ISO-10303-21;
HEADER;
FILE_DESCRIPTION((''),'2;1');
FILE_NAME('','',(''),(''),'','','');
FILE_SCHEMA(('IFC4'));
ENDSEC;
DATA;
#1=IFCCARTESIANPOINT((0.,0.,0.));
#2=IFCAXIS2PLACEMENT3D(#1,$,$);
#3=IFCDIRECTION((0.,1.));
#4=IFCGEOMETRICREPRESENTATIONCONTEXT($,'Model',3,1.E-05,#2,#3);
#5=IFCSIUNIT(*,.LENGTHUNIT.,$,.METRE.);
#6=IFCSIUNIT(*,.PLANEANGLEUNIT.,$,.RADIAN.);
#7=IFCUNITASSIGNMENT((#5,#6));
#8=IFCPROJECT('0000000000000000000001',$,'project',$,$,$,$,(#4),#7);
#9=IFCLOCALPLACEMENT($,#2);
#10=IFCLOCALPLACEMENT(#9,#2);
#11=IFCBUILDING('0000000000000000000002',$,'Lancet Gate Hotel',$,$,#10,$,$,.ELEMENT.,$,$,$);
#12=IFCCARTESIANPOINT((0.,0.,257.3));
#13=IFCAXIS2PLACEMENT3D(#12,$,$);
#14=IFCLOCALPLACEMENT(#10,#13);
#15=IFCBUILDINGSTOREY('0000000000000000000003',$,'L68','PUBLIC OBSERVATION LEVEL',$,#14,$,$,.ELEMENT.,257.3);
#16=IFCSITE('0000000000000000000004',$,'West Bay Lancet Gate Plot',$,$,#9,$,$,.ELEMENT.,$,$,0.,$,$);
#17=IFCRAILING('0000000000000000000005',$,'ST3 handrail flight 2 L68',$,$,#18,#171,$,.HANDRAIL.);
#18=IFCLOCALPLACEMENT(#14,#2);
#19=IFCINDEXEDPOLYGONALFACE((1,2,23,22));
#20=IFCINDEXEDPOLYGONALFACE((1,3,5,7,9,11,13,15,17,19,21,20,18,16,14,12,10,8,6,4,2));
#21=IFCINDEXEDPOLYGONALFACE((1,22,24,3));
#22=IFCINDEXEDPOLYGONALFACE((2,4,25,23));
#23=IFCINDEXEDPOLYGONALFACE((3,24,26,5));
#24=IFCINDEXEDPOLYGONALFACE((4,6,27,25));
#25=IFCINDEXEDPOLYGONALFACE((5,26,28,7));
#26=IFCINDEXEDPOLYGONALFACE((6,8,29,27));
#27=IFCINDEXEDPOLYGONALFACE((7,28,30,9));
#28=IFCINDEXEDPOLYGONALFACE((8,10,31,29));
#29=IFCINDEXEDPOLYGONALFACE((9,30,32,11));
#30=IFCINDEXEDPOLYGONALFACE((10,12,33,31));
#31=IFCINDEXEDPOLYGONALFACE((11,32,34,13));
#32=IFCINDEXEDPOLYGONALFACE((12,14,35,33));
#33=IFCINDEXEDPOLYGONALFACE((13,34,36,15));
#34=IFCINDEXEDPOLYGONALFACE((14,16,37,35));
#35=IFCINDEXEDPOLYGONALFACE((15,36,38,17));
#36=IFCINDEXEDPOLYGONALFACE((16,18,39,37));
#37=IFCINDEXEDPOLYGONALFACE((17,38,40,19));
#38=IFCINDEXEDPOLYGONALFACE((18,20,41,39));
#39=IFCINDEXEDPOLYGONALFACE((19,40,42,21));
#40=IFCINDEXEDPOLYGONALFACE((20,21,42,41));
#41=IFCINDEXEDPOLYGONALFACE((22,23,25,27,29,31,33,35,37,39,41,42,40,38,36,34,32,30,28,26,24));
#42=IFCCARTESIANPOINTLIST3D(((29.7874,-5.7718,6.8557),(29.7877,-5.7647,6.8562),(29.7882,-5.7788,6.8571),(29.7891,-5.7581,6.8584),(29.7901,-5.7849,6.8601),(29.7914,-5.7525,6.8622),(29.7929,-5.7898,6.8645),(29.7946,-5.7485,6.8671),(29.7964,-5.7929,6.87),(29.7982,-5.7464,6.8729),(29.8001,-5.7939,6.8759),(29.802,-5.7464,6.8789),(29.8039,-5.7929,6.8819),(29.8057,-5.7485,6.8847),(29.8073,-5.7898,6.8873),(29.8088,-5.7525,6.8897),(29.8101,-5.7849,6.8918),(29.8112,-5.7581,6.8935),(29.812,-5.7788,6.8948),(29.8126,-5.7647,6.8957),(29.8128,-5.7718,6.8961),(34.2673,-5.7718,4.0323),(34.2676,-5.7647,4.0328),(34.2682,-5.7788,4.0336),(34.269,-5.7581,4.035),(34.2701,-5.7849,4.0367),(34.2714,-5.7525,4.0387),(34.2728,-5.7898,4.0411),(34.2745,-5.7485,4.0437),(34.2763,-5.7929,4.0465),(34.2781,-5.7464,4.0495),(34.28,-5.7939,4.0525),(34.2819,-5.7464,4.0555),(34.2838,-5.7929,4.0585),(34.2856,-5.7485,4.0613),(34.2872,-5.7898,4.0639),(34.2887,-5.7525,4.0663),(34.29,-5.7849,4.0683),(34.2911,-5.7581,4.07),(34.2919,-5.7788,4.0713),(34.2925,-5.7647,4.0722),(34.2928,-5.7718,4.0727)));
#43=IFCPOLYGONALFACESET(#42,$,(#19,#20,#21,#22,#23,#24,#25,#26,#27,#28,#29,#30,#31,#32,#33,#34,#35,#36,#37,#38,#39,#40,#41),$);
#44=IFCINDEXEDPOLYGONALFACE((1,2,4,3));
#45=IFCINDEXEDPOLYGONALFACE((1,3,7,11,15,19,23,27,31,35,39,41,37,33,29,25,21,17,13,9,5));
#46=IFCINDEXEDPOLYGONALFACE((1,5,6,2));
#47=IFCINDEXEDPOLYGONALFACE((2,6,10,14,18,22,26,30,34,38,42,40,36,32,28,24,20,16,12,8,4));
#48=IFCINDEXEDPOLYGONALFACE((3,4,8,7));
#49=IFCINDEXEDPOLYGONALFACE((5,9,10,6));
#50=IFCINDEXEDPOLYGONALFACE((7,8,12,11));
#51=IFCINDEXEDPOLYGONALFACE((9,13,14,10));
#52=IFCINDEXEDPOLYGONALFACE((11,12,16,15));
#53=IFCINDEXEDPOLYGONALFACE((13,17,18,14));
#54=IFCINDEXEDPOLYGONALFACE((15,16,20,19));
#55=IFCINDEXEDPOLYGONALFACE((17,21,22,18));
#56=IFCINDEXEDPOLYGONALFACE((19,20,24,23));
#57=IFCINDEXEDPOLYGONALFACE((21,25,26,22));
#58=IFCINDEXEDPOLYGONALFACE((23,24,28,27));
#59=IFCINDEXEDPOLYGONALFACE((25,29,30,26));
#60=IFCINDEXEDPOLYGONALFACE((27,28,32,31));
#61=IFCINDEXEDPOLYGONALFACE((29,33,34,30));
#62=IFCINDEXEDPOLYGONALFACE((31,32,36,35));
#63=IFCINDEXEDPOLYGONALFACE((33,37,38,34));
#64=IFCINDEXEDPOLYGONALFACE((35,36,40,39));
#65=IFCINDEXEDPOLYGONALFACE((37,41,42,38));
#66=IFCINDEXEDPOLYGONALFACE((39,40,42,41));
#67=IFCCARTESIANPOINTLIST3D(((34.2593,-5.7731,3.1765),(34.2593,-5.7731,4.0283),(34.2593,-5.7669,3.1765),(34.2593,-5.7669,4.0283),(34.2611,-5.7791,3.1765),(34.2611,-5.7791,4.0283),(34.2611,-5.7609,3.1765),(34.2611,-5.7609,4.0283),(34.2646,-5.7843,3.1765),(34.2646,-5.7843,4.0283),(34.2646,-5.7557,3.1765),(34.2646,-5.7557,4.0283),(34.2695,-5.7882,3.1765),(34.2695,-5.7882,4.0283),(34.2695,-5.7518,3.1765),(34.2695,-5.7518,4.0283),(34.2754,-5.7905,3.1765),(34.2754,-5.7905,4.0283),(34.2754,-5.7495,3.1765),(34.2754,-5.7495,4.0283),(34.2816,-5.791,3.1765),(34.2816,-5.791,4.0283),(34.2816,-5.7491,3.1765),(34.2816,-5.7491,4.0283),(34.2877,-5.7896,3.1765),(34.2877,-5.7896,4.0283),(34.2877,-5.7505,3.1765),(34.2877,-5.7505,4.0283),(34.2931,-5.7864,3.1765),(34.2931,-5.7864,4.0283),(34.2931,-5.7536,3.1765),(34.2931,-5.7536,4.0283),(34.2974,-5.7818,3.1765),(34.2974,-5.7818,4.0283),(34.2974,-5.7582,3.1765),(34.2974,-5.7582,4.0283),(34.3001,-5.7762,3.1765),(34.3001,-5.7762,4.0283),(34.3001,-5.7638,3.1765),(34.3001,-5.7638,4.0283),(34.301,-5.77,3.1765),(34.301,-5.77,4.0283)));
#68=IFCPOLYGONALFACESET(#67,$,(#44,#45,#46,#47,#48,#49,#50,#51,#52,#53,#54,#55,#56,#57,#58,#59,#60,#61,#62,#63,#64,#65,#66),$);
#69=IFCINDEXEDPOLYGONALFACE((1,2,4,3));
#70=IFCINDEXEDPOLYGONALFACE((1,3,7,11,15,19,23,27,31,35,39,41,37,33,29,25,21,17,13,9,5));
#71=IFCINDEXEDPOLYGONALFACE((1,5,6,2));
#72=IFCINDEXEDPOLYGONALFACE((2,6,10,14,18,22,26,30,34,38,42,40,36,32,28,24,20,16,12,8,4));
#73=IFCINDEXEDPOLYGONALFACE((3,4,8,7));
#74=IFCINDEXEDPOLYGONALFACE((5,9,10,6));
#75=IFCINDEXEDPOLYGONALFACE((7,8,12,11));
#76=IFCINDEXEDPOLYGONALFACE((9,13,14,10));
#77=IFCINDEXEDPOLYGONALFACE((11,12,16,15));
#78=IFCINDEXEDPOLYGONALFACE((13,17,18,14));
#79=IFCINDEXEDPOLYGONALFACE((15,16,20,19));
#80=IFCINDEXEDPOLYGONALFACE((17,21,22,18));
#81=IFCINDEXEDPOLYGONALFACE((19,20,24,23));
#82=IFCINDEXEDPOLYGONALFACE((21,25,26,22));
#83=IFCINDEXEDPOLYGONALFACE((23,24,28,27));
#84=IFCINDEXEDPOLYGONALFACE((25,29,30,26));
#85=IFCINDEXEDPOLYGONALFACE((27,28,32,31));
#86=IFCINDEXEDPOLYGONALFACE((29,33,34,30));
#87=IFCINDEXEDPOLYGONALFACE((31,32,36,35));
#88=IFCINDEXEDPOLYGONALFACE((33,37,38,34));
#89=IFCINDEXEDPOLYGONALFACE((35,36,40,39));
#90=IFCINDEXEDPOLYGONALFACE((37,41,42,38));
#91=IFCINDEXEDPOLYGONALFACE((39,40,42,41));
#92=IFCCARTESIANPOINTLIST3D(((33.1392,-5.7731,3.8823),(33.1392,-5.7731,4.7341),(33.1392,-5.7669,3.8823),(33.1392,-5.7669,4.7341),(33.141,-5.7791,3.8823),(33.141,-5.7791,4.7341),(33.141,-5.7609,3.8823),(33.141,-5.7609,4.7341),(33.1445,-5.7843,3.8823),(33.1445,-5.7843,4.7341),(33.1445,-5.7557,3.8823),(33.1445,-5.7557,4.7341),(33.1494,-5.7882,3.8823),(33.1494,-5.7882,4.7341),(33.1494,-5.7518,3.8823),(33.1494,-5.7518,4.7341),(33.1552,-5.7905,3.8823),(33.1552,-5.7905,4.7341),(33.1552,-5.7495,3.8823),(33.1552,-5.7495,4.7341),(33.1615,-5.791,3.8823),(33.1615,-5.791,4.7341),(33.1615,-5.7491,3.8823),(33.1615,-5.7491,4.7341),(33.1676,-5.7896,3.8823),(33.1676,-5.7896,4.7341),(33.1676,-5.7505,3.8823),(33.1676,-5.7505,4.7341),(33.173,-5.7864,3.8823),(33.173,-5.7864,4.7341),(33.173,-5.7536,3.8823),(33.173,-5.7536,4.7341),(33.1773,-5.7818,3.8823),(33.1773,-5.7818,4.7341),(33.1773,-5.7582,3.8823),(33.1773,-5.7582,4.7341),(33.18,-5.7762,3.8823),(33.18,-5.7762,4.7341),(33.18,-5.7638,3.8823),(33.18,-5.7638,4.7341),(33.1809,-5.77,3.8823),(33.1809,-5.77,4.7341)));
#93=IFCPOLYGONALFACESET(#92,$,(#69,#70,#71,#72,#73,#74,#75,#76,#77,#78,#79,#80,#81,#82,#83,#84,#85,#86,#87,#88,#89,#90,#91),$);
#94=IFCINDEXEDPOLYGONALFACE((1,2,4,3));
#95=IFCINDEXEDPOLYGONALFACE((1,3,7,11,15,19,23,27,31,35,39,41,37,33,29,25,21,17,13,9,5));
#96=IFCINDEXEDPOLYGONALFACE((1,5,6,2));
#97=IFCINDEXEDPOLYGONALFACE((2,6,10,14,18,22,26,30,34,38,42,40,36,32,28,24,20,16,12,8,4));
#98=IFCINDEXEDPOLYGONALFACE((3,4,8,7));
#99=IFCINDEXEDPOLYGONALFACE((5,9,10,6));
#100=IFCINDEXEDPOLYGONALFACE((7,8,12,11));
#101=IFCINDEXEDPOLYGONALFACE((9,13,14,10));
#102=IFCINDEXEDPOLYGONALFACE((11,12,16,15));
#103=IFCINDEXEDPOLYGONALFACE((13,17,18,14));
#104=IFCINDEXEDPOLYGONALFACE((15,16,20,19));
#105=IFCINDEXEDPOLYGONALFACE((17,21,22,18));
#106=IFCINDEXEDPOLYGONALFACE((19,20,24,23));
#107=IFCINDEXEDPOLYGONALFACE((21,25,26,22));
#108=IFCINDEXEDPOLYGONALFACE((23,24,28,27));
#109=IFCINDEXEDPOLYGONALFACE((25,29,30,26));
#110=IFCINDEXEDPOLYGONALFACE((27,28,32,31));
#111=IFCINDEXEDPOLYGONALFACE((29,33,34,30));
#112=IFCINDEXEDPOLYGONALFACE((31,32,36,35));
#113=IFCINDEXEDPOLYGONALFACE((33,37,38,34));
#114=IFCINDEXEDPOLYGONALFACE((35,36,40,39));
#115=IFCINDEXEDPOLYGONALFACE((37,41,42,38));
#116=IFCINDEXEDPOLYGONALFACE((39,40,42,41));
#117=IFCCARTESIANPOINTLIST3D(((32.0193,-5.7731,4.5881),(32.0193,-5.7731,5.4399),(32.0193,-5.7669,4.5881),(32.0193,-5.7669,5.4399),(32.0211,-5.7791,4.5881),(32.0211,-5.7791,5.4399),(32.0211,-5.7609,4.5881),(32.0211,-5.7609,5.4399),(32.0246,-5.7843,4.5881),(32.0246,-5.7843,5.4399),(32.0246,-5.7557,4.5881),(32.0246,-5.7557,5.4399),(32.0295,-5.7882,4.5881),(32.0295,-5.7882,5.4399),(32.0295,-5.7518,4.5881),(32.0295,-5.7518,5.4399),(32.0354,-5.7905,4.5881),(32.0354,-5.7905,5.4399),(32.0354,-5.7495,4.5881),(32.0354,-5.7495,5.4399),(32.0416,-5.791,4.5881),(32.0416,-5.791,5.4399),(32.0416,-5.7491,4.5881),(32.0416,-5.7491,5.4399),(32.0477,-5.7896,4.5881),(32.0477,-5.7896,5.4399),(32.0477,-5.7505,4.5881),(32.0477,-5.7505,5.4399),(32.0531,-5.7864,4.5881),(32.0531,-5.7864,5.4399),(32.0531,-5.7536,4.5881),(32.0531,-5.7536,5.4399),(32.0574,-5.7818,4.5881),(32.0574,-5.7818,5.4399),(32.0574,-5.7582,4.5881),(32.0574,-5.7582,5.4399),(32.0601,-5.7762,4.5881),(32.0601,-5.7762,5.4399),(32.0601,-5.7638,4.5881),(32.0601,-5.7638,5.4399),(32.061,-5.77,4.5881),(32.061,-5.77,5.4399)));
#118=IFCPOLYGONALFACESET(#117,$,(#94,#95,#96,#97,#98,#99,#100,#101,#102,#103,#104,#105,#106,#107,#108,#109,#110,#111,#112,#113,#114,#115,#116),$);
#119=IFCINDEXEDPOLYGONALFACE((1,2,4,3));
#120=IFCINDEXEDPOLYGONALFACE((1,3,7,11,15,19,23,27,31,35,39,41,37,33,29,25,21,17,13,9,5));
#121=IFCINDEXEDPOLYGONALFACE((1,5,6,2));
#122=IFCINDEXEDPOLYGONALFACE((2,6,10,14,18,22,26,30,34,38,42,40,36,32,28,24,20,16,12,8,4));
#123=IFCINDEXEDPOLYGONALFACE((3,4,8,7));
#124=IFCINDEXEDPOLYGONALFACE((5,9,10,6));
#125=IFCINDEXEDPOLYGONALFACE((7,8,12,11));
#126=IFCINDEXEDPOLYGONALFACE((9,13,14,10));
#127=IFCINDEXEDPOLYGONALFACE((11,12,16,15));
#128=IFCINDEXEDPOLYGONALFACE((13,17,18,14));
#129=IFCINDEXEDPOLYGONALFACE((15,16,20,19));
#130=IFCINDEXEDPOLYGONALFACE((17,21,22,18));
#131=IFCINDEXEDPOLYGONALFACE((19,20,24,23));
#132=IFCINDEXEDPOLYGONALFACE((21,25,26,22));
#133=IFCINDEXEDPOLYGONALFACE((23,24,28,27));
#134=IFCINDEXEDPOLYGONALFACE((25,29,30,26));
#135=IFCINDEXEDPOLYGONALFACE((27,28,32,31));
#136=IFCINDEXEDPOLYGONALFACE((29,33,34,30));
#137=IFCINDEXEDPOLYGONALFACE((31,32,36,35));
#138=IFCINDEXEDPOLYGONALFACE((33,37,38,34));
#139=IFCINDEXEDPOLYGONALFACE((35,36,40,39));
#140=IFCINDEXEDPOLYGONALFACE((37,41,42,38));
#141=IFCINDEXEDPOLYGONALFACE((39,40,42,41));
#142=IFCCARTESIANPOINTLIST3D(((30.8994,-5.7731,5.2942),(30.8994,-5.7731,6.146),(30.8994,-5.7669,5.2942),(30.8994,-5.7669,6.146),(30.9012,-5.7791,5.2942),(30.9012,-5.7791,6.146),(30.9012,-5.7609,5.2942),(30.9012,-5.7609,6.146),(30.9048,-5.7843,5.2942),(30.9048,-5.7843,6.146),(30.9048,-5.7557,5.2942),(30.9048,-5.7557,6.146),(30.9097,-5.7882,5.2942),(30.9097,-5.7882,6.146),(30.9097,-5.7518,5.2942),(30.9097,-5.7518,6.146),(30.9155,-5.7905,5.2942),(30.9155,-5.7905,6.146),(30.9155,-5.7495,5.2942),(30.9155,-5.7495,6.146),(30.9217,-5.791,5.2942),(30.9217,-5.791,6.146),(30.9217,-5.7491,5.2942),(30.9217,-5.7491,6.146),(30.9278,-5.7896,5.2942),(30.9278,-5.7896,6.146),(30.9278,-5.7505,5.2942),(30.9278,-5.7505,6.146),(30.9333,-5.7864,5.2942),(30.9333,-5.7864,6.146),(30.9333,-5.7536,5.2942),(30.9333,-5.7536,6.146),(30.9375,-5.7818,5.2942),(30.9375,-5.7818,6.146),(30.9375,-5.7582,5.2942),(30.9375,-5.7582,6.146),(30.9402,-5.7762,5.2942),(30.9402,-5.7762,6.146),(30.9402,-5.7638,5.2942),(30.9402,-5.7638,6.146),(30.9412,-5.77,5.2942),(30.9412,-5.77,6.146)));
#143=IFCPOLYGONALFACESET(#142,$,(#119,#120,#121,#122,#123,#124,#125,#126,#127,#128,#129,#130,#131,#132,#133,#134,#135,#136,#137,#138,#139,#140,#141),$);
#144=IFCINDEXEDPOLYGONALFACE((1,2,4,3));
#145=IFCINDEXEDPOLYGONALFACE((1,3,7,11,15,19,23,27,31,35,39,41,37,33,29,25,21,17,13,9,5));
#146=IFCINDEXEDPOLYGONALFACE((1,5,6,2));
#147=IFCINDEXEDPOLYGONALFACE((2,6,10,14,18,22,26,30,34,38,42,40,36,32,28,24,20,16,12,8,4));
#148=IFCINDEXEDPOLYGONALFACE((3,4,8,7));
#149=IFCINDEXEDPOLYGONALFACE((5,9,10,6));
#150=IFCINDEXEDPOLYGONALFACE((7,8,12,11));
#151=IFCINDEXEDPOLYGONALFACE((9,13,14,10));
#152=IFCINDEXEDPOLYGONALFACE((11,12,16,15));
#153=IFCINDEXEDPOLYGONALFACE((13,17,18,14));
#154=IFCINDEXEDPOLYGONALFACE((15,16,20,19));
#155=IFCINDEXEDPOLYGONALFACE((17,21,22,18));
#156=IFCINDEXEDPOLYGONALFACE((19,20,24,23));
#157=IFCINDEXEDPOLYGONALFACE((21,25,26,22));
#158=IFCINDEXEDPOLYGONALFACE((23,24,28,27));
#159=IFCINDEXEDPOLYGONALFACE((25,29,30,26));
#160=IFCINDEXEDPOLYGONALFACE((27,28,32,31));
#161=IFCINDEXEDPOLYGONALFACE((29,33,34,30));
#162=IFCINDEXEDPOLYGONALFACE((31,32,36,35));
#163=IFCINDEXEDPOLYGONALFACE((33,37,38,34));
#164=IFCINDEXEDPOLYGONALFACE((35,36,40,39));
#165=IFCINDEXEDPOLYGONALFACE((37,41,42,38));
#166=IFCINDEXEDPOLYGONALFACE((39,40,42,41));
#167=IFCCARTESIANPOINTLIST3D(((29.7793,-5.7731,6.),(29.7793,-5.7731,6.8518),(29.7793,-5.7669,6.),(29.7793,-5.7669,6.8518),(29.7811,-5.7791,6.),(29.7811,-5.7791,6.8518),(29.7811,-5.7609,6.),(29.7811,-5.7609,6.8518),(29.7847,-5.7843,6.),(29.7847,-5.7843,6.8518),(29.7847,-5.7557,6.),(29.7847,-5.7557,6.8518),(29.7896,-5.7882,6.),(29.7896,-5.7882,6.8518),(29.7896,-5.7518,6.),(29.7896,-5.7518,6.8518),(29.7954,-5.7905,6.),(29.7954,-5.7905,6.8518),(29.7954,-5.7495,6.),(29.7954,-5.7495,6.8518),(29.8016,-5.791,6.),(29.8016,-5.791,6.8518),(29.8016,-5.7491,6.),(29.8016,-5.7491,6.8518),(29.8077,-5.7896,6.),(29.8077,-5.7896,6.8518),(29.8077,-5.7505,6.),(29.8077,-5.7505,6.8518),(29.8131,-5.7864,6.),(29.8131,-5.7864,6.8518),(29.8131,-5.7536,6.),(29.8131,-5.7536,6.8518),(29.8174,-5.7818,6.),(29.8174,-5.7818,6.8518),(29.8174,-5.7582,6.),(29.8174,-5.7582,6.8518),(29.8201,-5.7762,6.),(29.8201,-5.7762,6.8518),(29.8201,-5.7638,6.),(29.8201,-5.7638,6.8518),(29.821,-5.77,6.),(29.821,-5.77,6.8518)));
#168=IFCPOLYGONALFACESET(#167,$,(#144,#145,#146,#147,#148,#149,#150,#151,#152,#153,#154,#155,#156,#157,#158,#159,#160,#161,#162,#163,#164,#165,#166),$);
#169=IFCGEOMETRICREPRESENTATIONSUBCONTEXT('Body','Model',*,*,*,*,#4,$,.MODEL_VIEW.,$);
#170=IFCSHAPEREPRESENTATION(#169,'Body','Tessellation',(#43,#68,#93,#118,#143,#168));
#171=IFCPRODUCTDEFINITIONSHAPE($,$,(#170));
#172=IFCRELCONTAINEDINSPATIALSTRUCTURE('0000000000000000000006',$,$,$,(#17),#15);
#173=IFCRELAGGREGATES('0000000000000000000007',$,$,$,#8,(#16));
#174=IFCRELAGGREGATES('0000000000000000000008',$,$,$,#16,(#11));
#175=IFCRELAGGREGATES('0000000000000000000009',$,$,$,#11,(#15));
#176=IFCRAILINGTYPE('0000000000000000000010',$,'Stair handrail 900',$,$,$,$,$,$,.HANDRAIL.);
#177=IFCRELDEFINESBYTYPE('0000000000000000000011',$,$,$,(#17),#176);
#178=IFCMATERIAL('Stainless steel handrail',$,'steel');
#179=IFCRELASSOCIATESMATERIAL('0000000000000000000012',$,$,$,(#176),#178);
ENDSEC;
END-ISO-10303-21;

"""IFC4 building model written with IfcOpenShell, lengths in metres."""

from ifc_helpers import new_model, si_unit, direction, frame, origin, origin_2d, place, context, subcontext, project, spatial, circle, extrude, material, type_object, element, save


model = new_model("IFC4")

# Units and contexts
model_context = context("Model", 3, precision=1e-05, world=origin(), true_north=direction((0.0, 1.0)))
body_context = subcontext(model_context, "Body", "Model", "MODEL_VIEW")
ifc_project = project(units=[si_unit("LENGTHUNIT", "METRE"), si_unit("PLANEANGLEUNIT", "RADIAN")], contexts=[model_context])

# Site, building, storey
site_placement = place(None, origin())
site = spatial("IfcSite", under=ifc_project, at=site_placement, Name="West Bay Lancet Gate Plot", CompositionType="ELEMENT", RefElevation=0.0)
building_placement = place(site_placement, origin())
building = spatial("IfcBuilding", under=site, at=building_placement, Name="Lancet Gate Hotel", CompositionType="ELEMENT")
storey_placement = place(building_placement, frame((0.0, 0.0, 257.3)))
storey = spatial("IfcBuildingStorey", under=building, at=storey_placement, Name="L68", Description="PUBLIC OBSERVATION LEVEL", CompositionType="ELEMENT", Elevation=257.3)

# Railing
ifc_material_1 = material(Name="Stainless steel handrail", Category="steel")
railing_type = type_object("IfcRailingType", Name="Stair handrail 900", PredefinedType="HANDRAIL", material=ifc_material_1)
railing_1_placement = place(storey_placement, frame((34.28, -5.77, 3.1765)))
element("IfcRailing", 1, at=railing_1_placement, inside=storey, type_object=railing_type, Name="ST3 handrail flight 2 L68", PredefinedType="HANDRAIL", context=body_context, shape_type="SweptSolid", body=[
    extrude(circle(Radius=0.0239, at=origin_2d()), frame((0.0, 0.0, 0.876), z_axis=(-0.845998, 0.0, 0.533186), x_axis=(0.0, -1.0, 0.0)), (0.0, 0.0, 1.0), 5.2954),
    extrude(circle(Radius=0.021, at=origin_2d()), origin(), (0.0, 0.0, 1.0), 0.8518),
    extrude(circle(Radius=0.021, at=origin_2d()), frame((-1.1201, 0.0, 0.7058)), (0.0, 0.0, 1.0), 0.8518),
    extrude(circle(Radius=0.021, at=origin_2d()), frame((-2.24, 0.0, 1.4116)), (0.0, 0.0, 1.0), 0.8518),
    extrude(circle(Radius=0.021, at=origin_2d()), frame((-3.3599, 0.0, 2.1177)), (0.0, 0.0, 1.0), 0.8518),
    extrude(circle(Radius=0.021, at=origin_2d()), frame((-4.48, 0.0, 2.8235)), (0.0, 0.0, 1.0), 0.8518),
])

save(model, "model.ifc")
